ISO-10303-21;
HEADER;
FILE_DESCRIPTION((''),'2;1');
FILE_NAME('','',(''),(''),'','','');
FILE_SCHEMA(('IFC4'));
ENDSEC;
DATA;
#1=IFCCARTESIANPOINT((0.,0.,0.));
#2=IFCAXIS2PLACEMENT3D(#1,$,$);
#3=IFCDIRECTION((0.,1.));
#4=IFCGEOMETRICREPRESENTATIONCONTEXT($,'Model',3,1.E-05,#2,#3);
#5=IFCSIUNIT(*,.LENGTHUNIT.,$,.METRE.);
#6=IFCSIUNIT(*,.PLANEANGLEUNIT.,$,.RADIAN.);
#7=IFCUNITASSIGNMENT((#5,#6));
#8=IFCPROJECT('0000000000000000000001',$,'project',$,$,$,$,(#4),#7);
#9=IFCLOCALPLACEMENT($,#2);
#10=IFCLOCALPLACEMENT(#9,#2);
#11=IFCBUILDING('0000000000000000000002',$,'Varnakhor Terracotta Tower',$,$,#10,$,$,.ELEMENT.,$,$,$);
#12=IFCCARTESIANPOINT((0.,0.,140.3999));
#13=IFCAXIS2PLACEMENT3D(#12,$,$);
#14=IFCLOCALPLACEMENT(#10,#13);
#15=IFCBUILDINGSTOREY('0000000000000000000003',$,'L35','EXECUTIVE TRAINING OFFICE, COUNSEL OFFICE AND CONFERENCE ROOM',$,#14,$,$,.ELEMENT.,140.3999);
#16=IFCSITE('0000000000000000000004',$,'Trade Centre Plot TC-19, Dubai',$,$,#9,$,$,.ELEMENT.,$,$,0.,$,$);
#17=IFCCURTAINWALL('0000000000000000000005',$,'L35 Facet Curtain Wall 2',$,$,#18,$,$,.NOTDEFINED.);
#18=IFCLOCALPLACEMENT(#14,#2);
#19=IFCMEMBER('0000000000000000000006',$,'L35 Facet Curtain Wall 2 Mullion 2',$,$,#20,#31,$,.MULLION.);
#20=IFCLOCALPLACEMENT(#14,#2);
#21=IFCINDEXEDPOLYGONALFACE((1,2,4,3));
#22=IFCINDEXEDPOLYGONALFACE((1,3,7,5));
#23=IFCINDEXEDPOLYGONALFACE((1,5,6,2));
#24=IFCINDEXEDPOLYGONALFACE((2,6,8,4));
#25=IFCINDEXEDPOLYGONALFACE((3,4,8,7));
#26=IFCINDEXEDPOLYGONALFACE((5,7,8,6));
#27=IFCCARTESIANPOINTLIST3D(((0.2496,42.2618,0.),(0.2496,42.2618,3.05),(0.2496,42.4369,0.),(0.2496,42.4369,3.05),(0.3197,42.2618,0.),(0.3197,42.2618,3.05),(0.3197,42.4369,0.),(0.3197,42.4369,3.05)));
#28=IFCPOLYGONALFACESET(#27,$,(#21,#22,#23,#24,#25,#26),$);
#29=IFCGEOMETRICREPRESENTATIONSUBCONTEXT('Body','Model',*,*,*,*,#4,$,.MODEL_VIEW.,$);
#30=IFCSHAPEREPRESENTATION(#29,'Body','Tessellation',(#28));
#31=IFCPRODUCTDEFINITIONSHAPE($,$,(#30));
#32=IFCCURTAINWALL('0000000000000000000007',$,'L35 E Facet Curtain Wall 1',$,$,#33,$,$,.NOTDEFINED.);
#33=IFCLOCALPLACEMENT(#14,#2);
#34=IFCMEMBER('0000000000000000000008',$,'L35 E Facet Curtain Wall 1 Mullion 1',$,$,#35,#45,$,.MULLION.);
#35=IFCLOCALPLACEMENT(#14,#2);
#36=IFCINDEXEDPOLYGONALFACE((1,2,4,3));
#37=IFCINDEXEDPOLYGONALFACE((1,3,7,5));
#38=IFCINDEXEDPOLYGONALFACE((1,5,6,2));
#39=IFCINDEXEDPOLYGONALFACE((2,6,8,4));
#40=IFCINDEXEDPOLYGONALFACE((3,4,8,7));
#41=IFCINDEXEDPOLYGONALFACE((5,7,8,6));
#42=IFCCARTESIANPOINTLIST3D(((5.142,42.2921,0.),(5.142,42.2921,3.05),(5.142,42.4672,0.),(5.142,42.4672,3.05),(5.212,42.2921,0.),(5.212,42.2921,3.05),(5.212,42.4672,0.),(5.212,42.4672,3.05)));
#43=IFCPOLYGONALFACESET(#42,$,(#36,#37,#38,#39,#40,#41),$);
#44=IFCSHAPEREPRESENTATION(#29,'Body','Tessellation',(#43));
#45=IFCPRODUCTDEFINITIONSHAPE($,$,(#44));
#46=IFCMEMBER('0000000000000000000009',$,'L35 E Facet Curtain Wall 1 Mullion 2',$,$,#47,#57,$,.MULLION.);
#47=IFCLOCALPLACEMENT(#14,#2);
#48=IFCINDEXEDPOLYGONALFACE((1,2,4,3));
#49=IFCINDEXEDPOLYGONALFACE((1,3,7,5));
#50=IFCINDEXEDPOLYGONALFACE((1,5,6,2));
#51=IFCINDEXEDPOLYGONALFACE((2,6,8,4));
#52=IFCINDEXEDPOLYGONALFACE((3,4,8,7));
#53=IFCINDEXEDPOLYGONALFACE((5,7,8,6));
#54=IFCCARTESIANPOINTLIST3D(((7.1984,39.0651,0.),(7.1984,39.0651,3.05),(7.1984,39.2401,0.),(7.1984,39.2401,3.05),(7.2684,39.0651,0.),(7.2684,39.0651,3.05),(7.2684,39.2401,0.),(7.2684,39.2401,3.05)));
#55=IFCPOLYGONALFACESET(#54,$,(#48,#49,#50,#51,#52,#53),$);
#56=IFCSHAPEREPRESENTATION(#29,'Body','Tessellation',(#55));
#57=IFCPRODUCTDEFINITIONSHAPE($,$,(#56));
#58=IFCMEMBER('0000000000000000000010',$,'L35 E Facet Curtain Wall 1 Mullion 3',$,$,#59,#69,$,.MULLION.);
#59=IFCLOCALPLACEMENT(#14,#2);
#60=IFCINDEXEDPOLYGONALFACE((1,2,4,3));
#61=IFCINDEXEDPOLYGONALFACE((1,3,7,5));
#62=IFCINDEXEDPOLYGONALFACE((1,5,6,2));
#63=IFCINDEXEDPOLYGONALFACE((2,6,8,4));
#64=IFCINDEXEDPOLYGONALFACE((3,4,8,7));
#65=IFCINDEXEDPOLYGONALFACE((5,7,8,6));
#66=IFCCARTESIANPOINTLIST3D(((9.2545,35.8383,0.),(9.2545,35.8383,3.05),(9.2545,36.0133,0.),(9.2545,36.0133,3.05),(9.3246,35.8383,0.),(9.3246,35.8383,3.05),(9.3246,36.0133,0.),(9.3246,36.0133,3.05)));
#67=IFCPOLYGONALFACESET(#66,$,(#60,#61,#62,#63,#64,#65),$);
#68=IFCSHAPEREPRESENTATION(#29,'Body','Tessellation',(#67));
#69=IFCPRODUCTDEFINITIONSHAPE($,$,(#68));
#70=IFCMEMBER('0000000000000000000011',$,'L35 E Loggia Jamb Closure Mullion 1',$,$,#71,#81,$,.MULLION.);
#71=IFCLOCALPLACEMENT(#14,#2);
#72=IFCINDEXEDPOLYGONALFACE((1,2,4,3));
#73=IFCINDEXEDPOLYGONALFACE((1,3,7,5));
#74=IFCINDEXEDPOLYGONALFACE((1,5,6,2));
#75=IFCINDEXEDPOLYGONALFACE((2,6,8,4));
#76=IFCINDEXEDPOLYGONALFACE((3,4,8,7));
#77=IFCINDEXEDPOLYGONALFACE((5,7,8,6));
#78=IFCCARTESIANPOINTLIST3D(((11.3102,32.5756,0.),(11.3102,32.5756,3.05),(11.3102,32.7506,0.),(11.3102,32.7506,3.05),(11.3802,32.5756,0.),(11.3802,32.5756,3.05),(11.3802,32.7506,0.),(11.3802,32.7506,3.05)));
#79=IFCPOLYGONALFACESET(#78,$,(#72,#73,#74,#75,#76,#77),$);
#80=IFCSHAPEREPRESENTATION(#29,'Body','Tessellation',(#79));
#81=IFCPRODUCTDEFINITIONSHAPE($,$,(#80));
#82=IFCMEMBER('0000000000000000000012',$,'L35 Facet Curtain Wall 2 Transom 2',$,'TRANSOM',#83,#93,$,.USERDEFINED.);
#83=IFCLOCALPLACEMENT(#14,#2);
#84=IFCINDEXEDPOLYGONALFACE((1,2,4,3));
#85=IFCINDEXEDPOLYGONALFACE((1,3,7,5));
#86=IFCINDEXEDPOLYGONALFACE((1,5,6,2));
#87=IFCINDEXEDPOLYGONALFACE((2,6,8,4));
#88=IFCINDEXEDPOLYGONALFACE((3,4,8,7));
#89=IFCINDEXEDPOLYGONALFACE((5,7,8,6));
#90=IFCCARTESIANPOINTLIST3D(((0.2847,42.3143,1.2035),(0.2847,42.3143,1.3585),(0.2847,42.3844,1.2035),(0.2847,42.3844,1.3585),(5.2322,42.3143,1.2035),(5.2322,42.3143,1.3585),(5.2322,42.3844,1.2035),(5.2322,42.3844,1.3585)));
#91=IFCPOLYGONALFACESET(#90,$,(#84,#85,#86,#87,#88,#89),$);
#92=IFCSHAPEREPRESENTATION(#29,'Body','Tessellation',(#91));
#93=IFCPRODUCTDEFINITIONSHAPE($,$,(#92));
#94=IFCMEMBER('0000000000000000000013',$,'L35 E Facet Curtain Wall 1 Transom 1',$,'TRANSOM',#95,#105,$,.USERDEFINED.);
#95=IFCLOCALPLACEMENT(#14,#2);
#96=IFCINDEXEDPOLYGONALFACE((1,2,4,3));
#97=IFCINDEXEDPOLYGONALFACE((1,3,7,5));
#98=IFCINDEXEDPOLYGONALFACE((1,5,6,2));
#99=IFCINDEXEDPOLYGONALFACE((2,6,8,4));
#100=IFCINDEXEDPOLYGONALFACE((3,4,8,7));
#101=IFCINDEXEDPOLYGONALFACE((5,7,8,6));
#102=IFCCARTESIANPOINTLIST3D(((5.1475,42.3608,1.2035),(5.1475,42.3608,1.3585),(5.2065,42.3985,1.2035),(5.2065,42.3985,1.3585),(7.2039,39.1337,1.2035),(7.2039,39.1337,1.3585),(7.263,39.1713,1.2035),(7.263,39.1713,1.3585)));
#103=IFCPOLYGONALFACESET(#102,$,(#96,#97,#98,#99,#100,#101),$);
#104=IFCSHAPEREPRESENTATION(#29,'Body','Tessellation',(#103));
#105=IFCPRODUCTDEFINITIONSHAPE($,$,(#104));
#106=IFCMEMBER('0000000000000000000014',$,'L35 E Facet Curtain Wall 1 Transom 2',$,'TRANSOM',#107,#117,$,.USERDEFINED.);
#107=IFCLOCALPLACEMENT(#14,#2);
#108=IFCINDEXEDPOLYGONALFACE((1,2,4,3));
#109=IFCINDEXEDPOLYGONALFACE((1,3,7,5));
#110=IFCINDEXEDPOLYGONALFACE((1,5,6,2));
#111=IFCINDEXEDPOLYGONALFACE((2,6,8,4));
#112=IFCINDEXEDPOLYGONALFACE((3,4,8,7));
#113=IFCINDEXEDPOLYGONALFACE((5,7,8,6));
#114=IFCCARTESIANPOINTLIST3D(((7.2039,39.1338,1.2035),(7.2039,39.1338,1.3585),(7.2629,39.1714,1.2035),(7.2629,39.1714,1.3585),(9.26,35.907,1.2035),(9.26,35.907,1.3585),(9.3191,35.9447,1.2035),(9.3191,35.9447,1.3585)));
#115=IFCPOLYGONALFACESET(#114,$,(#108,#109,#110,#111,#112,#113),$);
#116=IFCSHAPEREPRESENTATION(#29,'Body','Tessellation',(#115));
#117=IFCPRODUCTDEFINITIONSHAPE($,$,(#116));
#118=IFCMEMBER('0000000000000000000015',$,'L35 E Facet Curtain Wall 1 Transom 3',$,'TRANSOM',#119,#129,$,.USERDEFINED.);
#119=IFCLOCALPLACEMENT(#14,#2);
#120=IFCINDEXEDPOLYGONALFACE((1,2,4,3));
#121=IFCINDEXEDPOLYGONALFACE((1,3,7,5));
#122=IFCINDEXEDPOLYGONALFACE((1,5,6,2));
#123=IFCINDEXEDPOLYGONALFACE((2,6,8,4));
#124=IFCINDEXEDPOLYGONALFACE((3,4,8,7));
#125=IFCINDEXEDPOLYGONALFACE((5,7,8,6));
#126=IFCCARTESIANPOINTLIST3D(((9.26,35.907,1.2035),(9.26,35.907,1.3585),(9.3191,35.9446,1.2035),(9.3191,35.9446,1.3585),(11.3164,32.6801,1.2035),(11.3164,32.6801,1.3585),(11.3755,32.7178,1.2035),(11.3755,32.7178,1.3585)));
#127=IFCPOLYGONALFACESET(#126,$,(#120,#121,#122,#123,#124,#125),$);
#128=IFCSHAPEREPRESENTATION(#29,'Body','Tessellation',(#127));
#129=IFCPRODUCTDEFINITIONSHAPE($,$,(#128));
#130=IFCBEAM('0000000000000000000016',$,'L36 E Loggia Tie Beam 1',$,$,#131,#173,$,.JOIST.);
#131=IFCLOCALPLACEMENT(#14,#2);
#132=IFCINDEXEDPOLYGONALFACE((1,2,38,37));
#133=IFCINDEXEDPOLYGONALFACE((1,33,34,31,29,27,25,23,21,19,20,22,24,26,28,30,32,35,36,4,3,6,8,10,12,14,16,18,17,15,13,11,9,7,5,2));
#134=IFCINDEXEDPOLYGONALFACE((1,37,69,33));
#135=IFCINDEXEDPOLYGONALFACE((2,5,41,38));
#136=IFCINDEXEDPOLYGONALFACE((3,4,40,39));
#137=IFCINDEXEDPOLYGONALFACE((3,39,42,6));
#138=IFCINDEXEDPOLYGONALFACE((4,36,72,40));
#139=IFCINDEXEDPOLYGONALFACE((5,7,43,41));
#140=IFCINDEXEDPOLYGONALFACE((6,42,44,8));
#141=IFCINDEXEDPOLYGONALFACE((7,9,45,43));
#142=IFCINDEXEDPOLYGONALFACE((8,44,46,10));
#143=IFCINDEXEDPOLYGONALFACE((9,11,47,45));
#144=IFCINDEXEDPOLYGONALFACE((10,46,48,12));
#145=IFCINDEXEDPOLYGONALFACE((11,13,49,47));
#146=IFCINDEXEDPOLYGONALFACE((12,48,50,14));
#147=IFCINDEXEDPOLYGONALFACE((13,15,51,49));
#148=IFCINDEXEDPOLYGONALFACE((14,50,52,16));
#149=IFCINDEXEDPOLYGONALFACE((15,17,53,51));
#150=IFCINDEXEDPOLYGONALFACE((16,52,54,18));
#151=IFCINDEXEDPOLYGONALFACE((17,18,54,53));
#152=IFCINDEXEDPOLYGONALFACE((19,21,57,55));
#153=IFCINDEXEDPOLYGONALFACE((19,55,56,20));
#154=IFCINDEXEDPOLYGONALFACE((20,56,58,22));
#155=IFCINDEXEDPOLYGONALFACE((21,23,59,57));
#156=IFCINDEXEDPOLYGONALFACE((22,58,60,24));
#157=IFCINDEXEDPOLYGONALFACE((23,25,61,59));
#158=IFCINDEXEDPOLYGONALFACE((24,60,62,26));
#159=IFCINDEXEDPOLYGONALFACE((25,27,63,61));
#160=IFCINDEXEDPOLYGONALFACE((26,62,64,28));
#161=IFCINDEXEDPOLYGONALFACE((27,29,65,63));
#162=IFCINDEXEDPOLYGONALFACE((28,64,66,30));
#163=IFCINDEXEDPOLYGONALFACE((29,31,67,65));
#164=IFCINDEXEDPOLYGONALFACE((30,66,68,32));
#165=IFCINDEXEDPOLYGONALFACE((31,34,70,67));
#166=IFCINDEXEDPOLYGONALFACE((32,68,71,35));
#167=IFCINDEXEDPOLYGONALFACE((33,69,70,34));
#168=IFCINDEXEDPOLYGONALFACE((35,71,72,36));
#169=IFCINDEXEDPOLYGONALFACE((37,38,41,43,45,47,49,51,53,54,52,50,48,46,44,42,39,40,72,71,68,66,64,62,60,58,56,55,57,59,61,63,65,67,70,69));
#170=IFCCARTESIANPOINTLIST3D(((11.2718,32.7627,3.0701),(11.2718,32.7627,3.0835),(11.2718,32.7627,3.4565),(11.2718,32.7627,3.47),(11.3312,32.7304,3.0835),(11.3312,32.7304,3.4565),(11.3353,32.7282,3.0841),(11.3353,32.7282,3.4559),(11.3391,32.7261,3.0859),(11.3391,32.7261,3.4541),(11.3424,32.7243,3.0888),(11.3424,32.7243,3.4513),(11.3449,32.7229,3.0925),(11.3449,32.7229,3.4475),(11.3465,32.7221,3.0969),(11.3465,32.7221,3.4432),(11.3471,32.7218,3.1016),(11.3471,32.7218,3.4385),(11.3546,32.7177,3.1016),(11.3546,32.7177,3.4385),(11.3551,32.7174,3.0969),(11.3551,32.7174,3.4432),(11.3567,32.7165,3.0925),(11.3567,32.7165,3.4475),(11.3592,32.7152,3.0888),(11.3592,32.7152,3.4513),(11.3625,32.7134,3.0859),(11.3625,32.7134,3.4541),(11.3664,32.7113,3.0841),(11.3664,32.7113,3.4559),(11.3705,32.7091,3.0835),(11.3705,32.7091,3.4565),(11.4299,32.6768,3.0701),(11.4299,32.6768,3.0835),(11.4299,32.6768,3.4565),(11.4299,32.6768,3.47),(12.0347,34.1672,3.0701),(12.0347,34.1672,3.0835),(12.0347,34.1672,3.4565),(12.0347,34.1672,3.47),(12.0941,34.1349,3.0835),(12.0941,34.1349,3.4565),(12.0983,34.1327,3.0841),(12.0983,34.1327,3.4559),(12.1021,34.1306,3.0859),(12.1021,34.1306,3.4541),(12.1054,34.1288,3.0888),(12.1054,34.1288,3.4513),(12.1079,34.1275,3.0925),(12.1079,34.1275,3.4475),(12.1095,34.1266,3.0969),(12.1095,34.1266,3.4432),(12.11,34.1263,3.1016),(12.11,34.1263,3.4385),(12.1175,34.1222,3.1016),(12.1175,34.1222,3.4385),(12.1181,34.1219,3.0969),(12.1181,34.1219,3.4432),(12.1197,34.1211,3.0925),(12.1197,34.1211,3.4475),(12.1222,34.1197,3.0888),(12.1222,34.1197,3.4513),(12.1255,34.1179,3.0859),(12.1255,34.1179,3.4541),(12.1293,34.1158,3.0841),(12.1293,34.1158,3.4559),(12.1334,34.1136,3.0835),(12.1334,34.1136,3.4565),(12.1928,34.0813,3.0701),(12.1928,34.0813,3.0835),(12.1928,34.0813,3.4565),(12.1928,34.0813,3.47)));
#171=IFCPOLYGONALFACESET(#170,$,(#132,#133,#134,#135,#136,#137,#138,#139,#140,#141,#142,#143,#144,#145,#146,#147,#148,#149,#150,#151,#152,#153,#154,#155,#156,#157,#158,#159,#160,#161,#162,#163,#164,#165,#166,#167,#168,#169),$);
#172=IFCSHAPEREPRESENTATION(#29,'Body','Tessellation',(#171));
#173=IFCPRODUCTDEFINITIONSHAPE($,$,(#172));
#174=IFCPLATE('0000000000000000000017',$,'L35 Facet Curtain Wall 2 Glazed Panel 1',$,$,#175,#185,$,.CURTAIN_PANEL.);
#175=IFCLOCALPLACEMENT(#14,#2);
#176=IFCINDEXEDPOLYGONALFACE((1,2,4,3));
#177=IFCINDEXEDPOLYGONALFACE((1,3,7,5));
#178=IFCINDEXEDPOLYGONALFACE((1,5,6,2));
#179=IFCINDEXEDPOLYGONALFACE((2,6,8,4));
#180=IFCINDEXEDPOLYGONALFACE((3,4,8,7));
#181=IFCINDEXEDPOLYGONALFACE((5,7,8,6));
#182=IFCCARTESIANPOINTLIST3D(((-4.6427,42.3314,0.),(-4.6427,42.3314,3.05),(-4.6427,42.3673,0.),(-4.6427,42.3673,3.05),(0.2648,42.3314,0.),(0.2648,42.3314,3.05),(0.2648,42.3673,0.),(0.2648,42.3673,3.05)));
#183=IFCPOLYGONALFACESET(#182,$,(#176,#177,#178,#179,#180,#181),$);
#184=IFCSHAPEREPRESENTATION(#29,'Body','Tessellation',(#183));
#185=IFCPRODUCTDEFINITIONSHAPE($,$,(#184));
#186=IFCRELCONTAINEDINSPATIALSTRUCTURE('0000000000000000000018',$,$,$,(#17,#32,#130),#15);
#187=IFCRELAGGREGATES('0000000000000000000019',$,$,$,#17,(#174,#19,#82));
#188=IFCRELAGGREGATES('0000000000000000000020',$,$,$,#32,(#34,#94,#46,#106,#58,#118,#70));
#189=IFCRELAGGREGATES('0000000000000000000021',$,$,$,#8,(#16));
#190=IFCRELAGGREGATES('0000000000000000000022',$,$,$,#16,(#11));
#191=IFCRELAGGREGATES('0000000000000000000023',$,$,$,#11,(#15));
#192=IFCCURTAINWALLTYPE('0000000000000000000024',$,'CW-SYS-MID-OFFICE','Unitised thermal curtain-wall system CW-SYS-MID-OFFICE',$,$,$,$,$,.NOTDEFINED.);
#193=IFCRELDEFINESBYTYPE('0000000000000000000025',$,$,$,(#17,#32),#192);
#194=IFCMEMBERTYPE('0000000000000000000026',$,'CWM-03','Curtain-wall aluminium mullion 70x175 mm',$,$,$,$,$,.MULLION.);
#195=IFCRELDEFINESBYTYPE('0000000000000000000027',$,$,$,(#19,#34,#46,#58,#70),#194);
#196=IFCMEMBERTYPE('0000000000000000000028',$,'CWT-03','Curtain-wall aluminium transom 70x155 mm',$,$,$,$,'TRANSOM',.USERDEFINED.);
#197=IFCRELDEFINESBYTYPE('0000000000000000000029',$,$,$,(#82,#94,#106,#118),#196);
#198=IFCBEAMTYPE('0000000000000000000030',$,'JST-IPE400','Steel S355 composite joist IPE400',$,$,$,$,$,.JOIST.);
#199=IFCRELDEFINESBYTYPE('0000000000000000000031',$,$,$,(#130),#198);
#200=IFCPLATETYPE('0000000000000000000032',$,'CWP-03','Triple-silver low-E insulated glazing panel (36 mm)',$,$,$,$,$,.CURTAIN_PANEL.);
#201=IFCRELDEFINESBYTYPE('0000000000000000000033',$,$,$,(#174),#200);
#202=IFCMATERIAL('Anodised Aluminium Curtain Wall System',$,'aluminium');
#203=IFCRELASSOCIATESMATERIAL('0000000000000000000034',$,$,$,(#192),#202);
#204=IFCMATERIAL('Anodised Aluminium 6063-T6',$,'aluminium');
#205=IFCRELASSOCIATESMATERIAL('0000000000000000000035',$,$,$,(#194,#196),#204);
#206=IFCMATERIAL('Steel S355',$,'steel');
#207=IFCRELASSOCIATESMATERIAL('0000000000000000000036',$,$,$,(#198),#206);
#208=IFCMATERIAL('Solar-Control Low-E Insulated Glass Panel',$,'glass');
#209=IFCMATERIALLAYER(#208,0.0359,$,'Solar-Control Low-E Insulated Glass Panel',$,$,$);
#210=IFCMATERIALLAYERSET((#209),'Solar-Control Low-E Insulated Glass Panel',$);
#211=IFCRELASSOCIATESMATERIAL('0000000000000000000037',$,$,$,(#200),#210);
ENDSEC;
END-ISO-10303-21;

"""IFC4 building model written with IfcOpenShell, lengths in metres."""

from ifc_helpers import new_model, si_unit, direction, frame, origin, origin_2d, place, context, subcontext, project, spatial, rectangle, i_section, extrude, source, transform, mapped, material, layer, layer_set, material_profile, profile_set, type_object, element, aggregate, save


model = new_model("IFC4")

# Units and contexts
model_context = context("Model", 3, precision=1e-05, world=origin(), true_north=direction((0.0, 1.0)))
body_context = subcontext(model_context, "Body", "Model", "MODEL_VIEW")
ifc_project = project(units=[si_unit("LENGTHUNIT", "METRE"), si_unit("PLANEANGLEUNIT", "RADIAN")], contexts=[model_context])

# Site, building, storey
site_placement = place(None, origin())
site = spatial("IfcSite", under=ifc_project, at=site_placement, Name="Trade Centre Plot TC-19, Dubai", CompositionType="ELEMENT", RefElevation=0.0)
building_placement = place(site_placement, origin())
building = spatial("IfcBuilding", under=site, at=building_placement, Name="Varnakhor Terracotta Tower", CompositionType="ELEMENT")
storey_placement = place(building_placement, frame((0.0, 0.0, 140.3999)))
storey = spatial("IfcBuildingStorey", under=building, at=storey_placement, Name="L35", Description="EXECUTIVE TRAINING OFFICE, COUNSEL OFFICE AND CONFERENCE ROOM", CompositionType="ELEMENT", Elevation=140.3999)

# Shared definitions
ifc_material_1 = material(Name="Steel S355", Category="steel")

# Curtain wall, member
ifc_material_2 = material(Name="Anodised Aluminium Curtain Wall System", Category="aluminium")
curtain_wall_type = type_object("IfcCurtainWallType", Name="CW-SYS-MID-OFFICE", Description="Unitised thermal curtain-wall system CW-SYS-MID-OFFICE", PredefinedType="NOTDEFINED", material=ifc_material_2)
curtain_wall_1_placement = place(storey_placement, origin())
curtain_wall_1 = element("IfcCurtainWall", 1, at=curtain_wall_1_placement, inside=storey, type_object=curtain_wall_type, Name="L35 Facet Curtain Wall 2", PredefinedType="NOTDEFINED")
ifc_material_3 = material(Name="Anodised Aluminium 6063-T6", Category="aluminium")
ifc_material_profile_1 = material_profile(ifc_material_3, rectangle(XDim=0.0701, YDim=0.175, at=origin_2d()), Name="ALU MULLION 70x175")
ifc_profile_set_1 = profile_set([ifc_material_profile_1], Name="Anodised Aluminium 6063-T6")
member_type_1 = type_object("IfcMemberType", Name="CWM-03", Description="Curtain-wall aluminium mullion 70x175 mm", PredefinedType="MULLION", material=ifc_profile_set_1)
shared_shape_1 = source(origin(), body_context, "Body", "SweptSolid", [
    extrude(rectangle(XDim=0.0701, YDim=0.175, at=origin_2d()), origin(), (0.0, 0.0, 1.0), 3.05),
])
member_1_placement = place(storey_placement, frame((0.2847, 42.3494, 0.0), z_axis=(0.0, 0.0, 1.0), x_axis=(1.0, 0.0, 0.0)))
member_1 = element("IfcMember", 2, at=member_1_placement, type_object=member_type_1, Name="L35 Facet Curtain Wall 2 Mullion 2", PredefinedType="MULLION", context=body_context, shape_type="MappedRepresentation", body=[
    mapped(shared_shape_1, transform((0.0, 0.0, 0.0), scale=1.0)),
])

# Curtain wall, members
curtain_wall_2_placement = place(storey_placement, origin())
curtain_wall_2 = element("IfcCurtainWall", 3, at=curtain_wall_2_placement, inside=storey, type_object=curtain_wall_type, Name="L35 E Facet Curtain Wall 1", PredefinedType="NOTDEFINED")
member_2_placement = place(storey_placement, frame((5.177, 42.3796, 0.0), z_axis=(0.0, 0.0, 1.0), x_axis=(1.0, 0.0, 0.0)))
member_2 = element("IfcMember", 4, at=member_2_placement, type_object=member_type_1, Name="L35 E Facet Curtain Wall 1 Mullion 1", PredefinedType="MULLION", context=body_context, shape_type="MappedRepresentation", body=[
    mapped(shared_shape_1, transform((0.0, 0.0, 0.0), scale=1.0)),
])
member_3_placement = place(storey_placement, frame((7.2334, 39.1526, 0.0), z_axis=(0.0, 0.0, 1.0), x_axis=(1.0, 0.0, 0.0)))
member_3 = element("IfcMember", 5, at=member_3_placement, type_object=member_type_1, Name="L35 E Facet Curtain Wall 1 Mullion 2", PredefinedType="MULLION", context=body_context, shape_type="MappedRepresentation", body=[
    mapped(shared_shape_1, transform((0.0, 0.0, 0.0), scale=1.0)),
])
member_4_placement = place(storey_placement, frame((9.2896, 35.9258, 0.0), z_axis=(0.0, 0.0, 1.0), x_axis=(1.0, 0.0, 0.0)))
member_4 = element("IfcMember", 6, at=member_4_placement, type_object=member_type_1, Name="L35 E Facet Curtain Wall 1 Mullion 3", PredefinedType="MULLION", context=body_context, shape_type="MappedRepresentation", body=[
    mapped(shared_shape_1, transform((0.0, 0.0, 0.0), scale=1.0)),
])
member_5_placement = place(storey_placement, frame((11.3452, 32.6631, 0.0), z_axis=(0.0, 0.0, 1.0), x_axis=(1.0, 0.0, 0.0)))
member_5 = element("IfcMember", 7, at=member_5_placement, type_object=member_type_1, Name="L35 E Loggia Jamb Closure Mullion 1", PredefinedType="MULLION", context=body_context, shape_type="MappedRepresentation", body=[
    mapped(shared_shape_1, transform((0.0, 0.0, 0.0), scale=1.0)),
])

# Members
ifc_material_profile_2 = material_profile(ifc_material_3, rectangle(XDim=0.0701, YDim=0.155, at=origin_2d()), Name="ALU TRANSOM 70x155")
ifc_profile_set_2 = profile_set([ifc_material_profile_2], Name="Anodised Aluminium 6063-T6")
member_type_2 = type_object("IfcMemberType", Name="CWT-03", Description="Curtain-wall aluminium transom 70x155 mm", ElementType="TRANSOM", PredefinedType="USERDEFINED", material=ifc_profile_set_2)
shared_shape_2 = source(origin(), body_context, "Body", "SweptSolid", [
    extrude(rectangle(XDim=0.0701, YDim=0.155, at=origin_2d()), origin(), (0.0, 0.0, 1.0), 4.9475),
])
member_6_placement = place(storey_placement, frame((0.2847, 42.3494, 1.281), z_axis=(1.0, 0.0, 0.0), x_axis=(0.0, 1.0, 0.0)))
member_6 = element("IfcMember", 8, at=member_6_placement, type_object=member_type_2, Name="L35 Facet Curtain Wall 2 Transom 2", ObjectType="TRANSOM", PredefinedType="USERDEFINED", context=body_context, shape_type="MappedRepresentation", body=[
    mapped(shared_shape_2, transform((0.0, 0.0, 0.0), scale=1.0)),
])
shared_shape_3 = source(origin(), body_context, "Body", "SweptSolid", [
    extrude(rectangle(XDim=0.0701, YDim=0.155, at=origin_2d()), origin(), (0.0, 0.0, 1.0), 3.8267),
])
member_7_placement = place(storey_placement, frame((5.177, 42.3796, 1.281), z_axis=(0.5374, -0.843328, 0.0), x_axis=(0.843328, 0.5374, 0.0)))
member_7 = element("IfcMember", 9, at=member_7_placement, type_object=member_type_2, Name="L35 E Facet Curtain Wall 1 Transom 1", ObjectType="TRANSOM", PredefinedType="USERDEFINED", context=body_context, shape_type="MappedRepresentation", body=[
    mapped(shared_shape_3, transform((0.0, 0.0, 0.0), scale=1.0)),
])
shared_shape_4 = source(origin(), body_context, "Body", "SweptSolid", [
    extrude(rectangle(XDim=0.0701, YDim=0.155, at=origin_2d()), origin(), (0.0, 0.0, 1.0), 3.8262),
])
member_8_placement = place(storey_placement, frame((7.2334, 39.1526, 1.281), z_axis=(0.537383, -0.843338, 0.0), x_axis=(0.843338, 0.537383, 0.0)))
member_8 = element("IfcMember", 10, at=member_8_placement, type_object=member_type_2, Name="L35 E Facet Curtain Wall 1 Transom 2", ObjectType="TRANSOM", PredefinedType="USERDEFINED", context=body_context, shape_type="MappedRepresentation", body=[
    mapped(shared_shape_4, transform((0.0, 0.0, 0.0), scale=1.0)),
])
shared_shape_5 = source(origin(), body_context, "Body", "SweptSolid", [
    extrude(rectangle(XDim=0.0701, YDim=0.155, at=origin_2d()), origin(), (0.0, 0.0, 1.0), 3.8264),
])
member_9_placement = place(storey_placement, frame((9.2896, 35.9258, 1.281), z_axis=(0.537429, -0.843309, 0.0), x_axis=(0.843309, 0.537429, 0.0)))
member_9 = element("IfcMember", 11, at=member_9_placement, type_object=member_type_2, Name="L35 E Facet Curtain Wall 1 Transom 3", ObjectType="TRANSOM", PredefinedType="USERDEFINED", context=body_context, shape_type="MappedRepresentation", body=[
    mapped(shared_shape_5, transform((0.0, 0.0, 0.0), scale=1.0)),
])

# Beam
ifc_material_profile_3 = material_profile(ifc_material_1, i_section(OverallWidth=0.1799, OverallDepth=0.3999, WebThickness=0.0085, FlangeThickness=0.0134, FilletRadius=0.0181, at=origin_2d()), Name="IPE400")
ifc_profile_set_3 = profile_set([ifc_material_profile_3], Name="Steel S355")
beam_type_1 = type_object("IfcBeamType", Name="JST-IPE400", Description="Steel S355 composite joist IPE400", PredefinedType="JOIST", material=ifc_profile_set_3)
shared_shape_6 = source(origin(), body_context, "Body", "SweptSolid", [
    extrude(i_section(OverallWidth=0.1799, OverallDepth=0.3999, WebThickness=0.0085, FlangeThickness=0.0134, FilletRadius=0.0181, at=origin_2d()), origin(), (0.0, 0.0, 1.0), 1.5984),
])
beam_1_placement = place(storey_placement, frame((11.3508, 32.7197, 3.27), z_axis=(0.477321, 0.878729, 0.0), x_axis=(-0.878729, 0.477321, 0.0)))
element("IfcBeam", 12, at=beam_1_placement, inside=storey, type_object=beam_type_1, Name="L36 E Loggia Tie Beam 1", PredefinedType="JOIST", context=body_context, shape_type="MappedRepresentation", body=[
    mapped(shared_shape_6, transform((0.0, 0.0, 0.0), scale=1.0)),
])

# Plate
ifc_material_4 = material(Name="Solar-Control Low-E Insulated Glass Panel", Category="glass")
ifc_layer_1 = layer(ifc_material_4, 0.0359, Name="Solar-Control Low-E Insulated Glass Panel")
ifc_layer_set_1 = layer_set([ifc_layer_1], Name="Solar-Control Low-E Insulated Glass Panel")
plate_type = type_object("IfcPlateType", Name="CWP-03", Description="Triple-silver low-E insulated glazing panel (36 mm)", PredefinedType="CURTAIN_PANEL", material=ifc_layer_set_1)
shared_shape_7 = source(origin(), body_context, "Body", "SweptSolid", [
    extrude(rectangle(XDim=4.9075, YDim=0.0359, at=origin_2d()), origin(), (0.0, 0.0, 1.0), 3.05),
])
plate_1_placement = place(storey_placement, frame((-2.189, 42.3494, 0.0), z_axis=(0.0, 0.0, 1.0), x_axis=(1.0, 0.0, 0.0)))
plate_1 = element("IfcPlate", 13, at=plate_1_placement, type_object=plate_type, Name="L35 Facet Curtain Wall 2 Glazed Panel 1", PredefinedType="CURTAIN_PANEL", context=body_context, shape_type="MappedRepresentation", body=[
    mapped(shared_shape_7, transform((0.0, 0.0, 0.0), scale=1.0)),
])
aggregate(curtain_wall_1, [plate_1, member_1, member_6])
aggregate(curtain_wall_2, [member_2, member_7, member_3, member_8, member_4, member_9, member_5])

save(model, "model.ifc")
